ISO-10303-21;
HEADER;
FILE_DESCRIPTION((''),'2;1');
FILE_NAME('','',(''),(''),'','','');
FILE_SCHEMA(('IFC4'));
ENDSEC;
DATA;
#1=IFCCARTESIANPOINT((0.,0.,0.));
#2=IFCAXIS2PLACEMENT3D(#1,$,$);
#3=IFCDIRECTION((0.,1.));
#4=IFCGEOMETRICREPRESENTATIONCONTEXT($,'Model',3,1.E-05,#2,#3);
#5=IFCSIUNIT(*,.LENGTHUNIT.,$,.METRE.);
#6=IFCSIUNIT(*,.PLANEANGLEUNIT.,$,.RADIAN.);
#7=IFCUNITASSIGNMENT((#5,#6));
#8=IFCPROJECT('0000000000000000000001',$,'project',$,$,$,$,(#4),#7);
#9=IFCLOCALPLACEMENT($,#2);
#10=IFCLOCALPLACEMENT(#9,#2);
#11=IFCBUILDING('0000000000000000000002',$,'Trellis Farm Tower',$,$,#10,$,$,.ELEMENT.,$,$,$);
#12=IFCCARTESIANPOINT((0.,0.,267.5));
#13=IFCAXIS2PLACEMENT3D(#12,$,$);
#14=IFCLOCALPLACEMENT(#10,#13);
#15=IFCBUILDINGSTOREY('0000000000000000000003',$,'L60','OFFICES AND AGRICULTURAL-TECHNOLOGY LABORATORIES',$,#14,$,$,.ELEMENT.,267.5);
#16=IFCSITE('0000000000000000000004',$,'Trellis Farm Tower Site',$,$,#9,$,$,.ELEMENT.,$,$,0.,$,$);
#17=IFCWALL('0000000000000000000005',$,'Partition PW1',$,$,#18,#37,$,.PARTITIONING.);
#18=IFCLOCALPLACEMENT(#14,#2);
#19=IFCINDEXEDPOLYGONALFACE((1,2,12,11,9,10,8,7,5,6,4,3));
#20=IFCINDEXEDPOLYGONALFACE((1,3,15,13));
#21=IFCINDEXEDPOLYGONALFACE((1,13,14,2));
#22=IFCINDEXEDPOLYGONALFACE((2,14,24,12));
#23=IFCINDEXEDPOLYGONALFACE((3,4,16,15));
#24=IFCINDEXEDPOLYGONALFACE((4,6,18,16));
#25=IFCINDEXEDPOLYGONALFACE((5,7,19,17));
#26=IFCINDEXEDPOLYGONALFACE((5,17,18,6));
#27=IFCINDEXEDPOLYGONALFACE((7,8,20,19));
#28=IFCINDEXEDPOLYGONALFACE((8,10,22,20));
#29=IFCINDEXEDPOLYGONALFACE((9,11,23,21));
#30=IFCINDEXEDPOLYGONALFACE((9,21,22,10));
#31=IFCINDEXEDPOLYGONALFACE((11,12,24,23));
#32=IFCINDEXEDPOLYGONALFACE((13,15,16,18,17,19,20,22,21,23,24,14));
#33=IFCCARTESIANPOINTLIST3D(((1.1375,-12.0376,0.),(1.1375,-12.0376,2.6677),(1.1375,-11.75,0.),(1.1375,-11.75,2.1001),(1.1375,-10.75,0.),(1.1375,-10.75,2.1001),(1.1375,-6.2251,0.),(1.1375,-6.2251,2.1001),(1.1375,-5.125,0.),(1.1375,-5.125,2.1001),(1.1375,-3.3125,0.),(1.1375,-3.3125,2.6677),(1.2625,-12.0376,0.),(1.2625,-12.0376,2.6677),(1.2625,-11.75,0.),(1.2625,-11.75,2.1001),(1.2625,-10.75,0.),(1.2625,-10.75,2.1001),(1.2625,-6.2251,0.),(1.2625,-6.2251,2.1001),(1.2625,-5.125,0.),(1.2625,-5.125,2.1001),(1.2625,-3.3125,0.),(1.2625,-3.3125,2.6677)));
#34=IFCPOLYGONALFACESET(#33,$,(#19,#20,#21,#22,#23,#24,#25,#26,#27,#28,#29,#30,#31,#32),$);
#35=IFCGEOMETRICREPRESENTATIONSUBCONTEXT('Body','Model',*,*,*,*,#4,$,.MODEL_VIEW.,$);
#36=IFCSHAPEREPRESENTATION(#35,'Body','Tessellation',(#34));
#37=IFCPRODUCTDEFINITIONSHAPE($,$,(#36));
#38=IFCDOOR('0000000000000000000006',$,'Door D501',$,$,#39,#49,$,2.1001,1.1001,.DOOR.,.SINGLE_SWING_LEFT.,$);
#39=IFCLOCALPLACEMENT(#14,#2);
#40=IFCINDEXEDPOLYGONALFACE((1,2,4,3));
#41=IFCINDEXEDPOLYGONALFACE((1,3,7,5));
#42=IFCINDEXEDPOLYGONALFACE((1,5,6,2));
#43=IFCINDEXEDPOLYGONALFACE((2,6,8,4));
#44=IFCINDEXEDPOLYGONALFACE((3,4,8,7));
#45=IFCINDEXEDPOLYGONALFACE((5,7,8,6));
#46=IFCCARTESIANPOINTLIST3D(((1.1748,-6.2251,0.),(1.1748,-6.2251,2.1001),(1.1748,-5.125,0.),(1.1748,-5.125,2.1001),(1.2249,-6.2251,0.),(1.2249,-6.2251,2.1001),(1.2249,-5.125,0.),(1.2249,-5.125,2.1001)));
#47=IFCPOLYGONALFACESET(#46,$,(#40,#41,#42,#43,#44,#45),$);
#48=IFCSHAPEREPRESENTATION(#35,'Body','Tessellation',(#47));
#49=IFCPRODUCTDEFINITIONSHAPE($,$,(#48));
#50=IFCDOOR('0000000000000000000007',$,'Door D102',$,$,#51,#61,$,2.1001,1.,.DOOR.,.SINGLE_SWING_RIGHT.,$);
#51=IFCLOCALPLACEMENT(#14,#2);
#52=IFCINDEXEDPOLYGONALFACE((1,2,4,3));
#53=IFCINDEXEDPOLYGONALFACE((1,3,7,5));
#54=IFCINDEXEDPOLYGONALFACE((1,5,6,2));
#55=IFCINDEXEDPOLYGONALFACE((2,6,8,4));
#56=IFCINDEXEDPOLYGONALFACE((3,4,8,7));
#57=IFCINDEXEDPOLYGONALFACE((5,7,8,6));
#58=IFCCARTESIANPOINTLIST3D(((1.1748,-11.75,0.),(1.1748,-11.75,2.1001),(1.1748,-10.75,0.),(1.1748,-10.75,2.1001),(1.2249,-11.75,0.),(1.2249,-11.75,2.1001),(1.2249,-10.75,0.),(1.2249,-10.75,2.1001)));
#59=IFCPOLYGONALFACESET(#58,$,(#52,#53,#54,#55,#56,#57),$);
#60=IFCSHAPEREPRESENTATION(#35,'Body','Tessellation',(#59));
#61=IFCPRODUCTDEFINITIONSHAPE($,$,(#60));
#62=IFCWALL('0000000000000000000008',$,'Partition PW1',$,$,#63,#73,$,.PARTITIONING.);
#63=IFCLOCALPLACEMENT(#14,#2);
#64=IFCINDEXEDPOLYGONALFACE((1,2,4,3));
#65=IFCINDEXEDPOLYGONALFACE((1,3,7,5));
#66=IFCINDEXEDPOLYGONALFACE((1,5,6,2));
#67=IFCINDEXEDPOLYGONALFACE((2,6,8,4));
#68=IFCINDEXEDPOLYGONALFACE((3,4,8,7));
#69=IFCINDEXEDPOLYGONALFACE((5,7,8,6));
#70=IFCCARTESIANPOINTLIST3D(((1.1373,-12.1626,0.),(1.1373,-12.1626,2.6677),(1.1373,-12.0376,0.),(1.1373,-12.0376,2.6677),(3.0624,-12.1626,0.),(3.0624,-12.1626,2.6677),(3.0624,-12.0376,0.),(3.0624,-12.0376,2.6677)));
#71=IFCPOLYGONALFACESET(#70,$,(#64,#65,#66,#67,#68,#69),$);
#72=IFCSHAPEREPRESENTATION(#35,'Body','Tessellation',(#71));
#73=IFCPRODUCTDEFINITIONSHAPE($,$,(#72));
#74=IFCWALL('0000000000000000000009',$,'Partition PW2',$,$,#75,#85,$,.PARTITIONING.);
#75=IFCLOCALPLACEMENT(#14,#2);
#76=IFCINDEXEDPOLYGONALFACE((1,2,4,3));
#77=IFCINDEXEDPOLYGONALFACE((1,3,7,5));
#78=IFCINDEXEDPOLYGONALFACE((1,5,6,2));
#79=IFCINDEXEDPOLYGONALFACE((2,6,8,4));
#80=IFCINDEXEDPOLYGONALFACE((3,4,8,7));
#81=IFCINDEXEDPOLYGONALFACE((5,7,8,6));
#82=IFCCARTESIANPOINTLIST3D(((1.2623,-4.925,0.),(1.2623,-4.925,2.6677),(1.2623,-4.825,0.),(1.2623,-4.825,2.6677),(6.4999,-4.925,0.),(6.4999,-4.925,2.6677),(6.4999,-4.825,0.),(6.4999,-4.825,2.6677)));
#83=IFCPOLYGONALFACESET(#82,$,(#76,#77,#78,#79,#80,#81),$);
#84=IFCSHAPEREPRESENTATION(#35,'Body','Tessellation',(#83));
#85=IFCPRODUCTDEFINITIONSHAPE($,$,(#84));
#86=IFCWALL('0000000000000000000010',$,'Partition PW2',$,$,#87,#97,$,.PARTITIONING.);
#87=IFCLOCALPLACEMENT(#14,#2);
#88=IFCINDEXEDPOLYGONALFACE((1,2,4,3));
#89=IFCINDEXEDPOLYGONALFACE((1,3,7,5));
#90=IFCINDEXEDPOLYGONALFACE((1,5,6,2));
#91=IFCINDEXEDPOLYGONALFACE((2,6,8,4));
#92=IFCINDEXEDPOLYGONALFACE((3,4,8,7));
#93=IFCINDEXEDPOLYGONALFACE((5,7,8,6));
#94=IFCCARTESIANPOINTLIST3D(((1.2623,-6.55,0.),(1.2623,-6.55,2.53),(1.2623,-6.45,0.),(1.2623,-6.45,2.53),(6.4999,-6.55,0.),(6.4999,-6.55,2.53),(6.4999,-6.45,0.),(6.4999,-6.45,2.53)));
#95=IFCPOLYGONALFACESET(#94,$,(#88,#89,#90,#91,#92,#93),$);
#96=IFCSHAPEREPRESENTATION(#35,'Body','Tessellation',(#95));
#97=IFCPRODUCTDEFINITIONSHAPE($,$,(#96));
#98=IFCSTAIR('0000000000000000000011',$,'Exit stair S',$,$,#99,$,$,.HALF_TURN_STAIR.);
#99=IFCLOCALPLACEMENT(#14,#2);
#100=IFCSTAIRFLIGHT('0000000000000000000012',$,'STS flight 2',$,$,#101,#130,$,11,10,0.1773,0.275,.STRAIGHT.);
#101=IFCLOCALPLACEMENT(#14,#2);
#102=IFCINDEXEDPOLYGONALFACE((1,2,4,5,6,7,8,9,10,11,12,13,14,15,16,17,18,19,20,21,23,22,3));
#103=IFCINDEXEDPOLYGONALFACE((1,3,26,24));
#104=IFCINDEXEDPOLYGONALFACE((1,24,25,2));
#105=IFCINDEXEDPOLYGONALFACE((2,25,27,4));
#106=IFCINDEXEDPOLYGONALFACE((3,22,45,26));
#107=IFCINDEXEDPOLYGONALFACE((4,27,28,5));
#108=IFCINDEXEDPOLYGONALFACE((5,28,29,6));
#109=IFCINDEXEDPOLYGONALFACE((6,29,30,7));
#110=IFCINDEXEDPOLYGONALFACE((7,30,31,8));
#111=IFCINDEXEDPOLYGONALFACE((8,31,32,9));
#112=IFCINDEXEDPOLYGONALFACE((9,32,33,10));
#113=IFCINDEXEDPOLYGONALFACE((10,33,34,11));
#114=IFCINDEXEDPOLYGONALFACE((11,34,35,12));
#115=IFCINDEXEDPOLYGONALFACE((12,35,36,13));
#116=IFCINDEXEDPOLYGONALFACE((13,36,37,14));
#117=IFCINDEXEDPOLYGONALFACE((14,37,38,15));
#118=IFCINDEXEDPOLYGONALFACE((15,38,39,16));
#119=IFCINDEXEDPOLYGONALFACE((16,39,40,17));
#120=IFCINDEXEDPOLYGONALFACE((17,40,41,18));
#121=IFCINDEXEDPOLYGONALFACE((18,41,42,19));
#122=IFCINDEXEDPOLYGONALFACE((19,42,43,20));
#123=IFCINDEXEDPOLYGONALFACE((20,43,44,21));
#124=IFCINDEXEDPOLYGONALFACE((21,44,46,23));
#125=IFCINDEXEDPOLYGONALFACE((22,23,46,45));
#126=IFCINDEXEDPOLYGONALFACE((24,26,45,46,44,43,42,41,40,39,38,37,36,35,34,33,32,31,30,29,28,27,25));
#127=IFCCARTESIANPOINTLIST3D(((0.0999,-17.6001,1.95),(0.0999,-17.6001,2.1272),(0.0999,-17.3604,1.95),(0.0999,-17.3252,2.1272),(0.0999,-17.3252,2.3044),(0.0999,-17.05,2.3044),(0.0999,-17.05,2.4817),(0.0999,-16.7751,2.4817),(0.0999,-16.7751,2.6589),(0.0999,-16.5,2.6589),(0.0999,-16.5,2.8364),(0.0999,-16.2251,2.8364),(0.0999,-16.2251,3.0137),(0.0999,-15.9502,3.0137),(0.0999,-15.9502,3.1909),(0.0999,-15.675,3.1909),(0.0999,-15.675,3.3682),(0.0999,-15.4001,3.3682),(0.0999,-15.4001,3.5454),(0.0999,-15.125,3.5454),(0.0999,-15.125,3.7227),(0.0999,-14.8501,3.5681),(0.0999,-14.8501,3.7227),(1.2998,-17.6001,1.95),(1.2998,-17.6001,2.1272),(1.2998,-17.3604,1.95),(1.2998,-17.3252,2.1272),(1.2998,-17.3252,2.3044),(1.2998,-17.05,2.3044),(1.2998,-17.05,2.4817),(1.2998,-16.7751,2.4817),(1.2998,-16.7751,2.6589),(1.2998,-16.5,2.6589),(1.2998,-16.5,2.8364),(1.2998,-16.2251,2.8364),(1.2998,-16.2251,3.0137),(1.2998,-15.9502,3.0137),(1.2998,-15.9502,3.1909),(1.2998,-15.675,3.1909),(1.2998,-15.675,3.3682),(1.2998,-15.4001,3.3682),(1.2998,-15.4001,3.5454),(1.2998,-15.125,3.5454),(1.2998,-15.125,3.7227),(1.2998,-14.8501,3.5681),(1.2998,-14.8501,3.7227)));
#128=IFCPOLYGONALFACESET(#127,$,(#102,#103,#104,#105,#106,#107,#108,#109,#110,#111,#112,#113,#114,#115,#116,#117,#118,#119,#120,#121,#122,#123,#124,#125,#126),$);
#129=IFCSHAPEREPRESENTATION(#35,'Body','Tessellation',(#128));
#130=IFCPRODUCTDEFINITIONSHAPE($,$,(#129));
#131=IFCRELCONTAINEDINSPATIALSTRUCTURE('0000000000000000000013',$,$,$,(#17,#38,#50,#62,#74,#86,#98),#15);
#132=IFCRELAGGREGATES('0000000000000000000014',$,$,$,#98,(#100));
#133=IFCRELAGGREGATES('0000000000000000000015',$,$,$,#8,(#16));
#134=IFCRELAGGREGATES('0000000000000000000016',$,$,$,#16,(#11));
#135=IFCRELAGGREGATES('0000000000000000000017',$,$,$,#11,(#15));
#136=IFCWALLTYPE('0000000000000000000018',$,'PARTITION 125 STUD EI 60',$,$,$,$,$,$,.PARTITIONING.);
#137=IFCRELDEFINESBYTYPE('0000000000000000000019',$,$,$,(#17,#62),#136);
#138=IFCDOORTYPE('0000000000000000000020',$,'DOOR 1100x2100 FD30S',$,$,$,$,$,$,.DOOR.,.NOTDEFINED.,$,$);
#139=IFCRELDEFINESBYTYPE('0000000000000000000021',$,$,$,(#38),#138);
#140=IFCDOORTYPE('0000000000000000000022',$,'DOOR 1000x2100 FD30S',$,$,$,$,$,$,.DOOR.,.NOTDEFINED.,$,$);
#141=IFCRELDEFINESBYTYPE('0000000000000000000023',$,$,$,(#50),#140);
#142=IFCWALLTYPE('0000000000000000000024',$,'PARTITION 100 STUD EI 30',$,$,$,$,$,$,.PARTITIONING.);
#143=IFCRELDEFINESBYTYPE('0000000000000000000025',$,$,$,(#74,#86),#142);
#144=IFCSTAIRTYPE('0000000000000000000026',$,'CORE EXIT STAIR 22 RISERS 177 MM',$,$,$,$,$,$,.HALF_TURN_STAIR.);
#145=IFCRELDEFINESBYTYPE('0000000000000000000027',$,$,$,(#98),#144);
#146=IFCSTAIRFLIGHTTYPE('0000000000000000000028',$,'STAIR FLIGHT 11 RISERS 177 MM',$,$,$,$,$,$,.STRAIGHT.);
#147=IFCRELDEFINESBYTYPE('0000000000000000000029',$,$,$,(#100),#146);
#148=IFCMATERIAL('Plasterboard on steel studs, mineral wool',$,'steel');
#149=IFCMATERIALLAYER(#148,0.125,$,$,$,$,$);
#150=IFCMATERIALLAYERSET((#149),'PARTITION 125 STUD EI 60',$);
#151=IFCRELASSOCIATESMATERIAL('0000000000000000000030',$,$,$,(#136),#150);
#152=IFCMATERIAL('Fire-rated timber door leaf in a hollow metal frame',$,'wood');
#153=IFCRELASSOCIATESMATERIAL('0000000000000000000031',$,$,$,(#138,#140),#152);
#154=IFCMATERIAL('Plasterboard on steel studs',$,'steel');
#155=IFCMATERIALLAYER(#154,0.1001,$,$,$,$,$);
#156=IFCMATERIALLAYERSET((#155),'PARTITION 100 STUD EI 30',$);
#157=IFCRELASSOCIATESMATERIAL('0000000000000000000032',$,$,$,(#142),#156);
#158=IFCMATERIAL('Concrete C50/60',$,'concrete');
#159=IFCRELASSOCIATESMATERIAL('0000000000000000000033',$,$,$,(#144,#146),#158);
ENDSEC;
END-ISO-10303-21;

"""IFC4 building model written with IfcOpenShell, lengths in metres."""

from ifc_helpers import new_model, si_unit, direction, frame, frame_2d, origin, place, context, subcontext, project, spatial, polyline, rectangle, outline, extrude, source, transform, mapped, material, layer, layer_set, type_object, element, fill, aggregate, save


model = new_model("IFC4")

# Units and contexts
model_context = context("Model", 3, precision=1e-05, world=origin(), true_north=direction((0.0, 1.0)))
body_context = subcontext(model_context, "Body", "Model", "MODEL_VIEW")
ifc_project = project(units=[si_unit("LENGTHUNIT", "METRE"), si_unit("PLANEANGLEUNIT", "RADIAN")], contexts=[model_context])

# Site, building, storey
site_placement = place(None, origin())
site = spatial("IfcSite", under=ifc_project, at=site_placement, Name="Trellis Farm Tower Site", CompositionType="ELEMENT", RefElevation=0.0)
building_placement = place(site_placement, origin())
building = spatial("IfcBuilding", under=site, at=building_placement, Name="Trellis Farm Tower", CompositionType="ELEMENT")
storey_placement = place(building_placement, frame((0.0, 0.0, 267.5)))
storey = spatial("IfcBuildingStorey", under=building, at=storey_placement, Name="L60", Description="OFFICES AND AGRICULTURAL-TECHNOLOGY LABORATORIES", CompositionType="ELEMENT", Elevation=267.5)

# Shared definitions
placement_1 = place(storey_placement, origin())

# Shared definitions
ifc_material_1 = material(Name="Plasterboard on steel studs, mineral wool", Category="steel")
ifc_layer_1 = layer(ifc_material_1, 0.125)
ifc_layer_set_1 = layer_set([ifc_layer_1], Name="PARTITION 125 STUD EI 60")
wall_type_1 = type_object("IfcWallType", Name="PARTITION 125 STUD EI 60", PredefinedType="PARTITIONING", material=ifc_layer_set_1)

# Wall, openings, doors
shared_shape_1 = source(origin(), body_context, "Body", "SweptSolid", [
    extrude(rectangle(XDim=8.7251, YDim=0.125, at=frame_2d((4.3625, 0.0))), origin(), (0.0, 0.0, 1.0), 2.6677),
])
wall_1_placement = place(storey_placement, frame((1.2, -3.3125, 0.0), z_axis=(0.0, 0.0, 1.0), x_axis=(0.0, -1.0, 0.0)))
wall_1 = element("IfcWall", 1, at=wall_1_placement, inside=storey, type_object=wall_type_1, Name="Partition PW1", PredefinedType="PARTITIONING", context=body_context, shape_type="MappedRepresentation", body=[
    mapped(shared_shape_1, transform((0.0, 0.0, 0.0))),
])
shared_shape_2 = source(origin(), body_context, "Body", "SweptSolid", [
    extrude(rectangle(XDim=1.0, YDim=2.1001, at=frame_2d((0.5, 1.05))), frame((0.0, 0.0725, 0.0), z_axis=(0.0, -1.0, 0.0), x_axis=(1.0, 0.0, 0.0)), (0.0, 0.0, 1.0), 0.145),
])
opening_1_placement = place(wall_1_placement, frame((7.4375, 0.0, 0.0)))
opening_1 = element("IfcOpeningElement", 2, at=opening_1_placement, cuts=wall_1, PredefinedType="OPENING", context=body_context, shape_type="MappedRepresentation", body=[
    mapped(shared_shape_2, transform((0.0, 0.0, 0.0))),
])
shared_shape_3 = source(origin(), body_context, "Body", "SweptSolid", [
    extrude(rectangle(XDim=1.1001, YDim=2.1001, at=frame_2d((0.55, 1.05))), frame((0.0, 0.0725, 0.0), z_axis=(0.0, -1.0, 0.0), x_axis=(1.0, 0.0, 0.0)), (0.0, 0.0, 1.0), 0.145),
])
opening_2_placement = place(wall_1_placement, frame((1.8125, 0.0, 0.0)))
opening_2 = element("IfcOpeningElement", 3, at=opening_2_placement, cuts=wall_1, PredefinedType="OPENING", context=body_context, shape_type="MappedRepresentation", body=[
    mapped(shared_shape_3, transform((0.0, 0.0, 0.0))),
])
ifc_material_2 = material(Name="Fire-rated timber door leaf in a hollow metal frame", Category="wood")
door_type_1 = type_object("IfcDoorType", Name="DOOR 1100x2100 FD30S", OperationType="NOTDEFINED", PredefinedType="DOOR", material=ifc_material_2)
shared_shape_4 = source(origin(), body_context, "Body", "SweptSolid", [
    extrude(rectangle(XDim=1.1001, YDim=2.1001, at=frame_2d((0.55, 1.05))), frame((0.0, 0.0249, 0.0), z_axis=(0.0, -1.0, 0.0), x_axis=(1.0, 0.0, 0.0)), (0.0, 0.0, 1.0), 0.05),
])
door_1_placement = place(opening_2_placement, origin())
door_1 = element("IfcDoor", 4, at=door_1_placement, inside=storey, type_object=door_type_1, Name="Door D501", OperationType="SINGLE_SWING_LEFT", OverallHeight=2.1001, OverallWidth=1.1001, PredefinedType="DOOR", context=body_context, shape_type="MappedRepresentation", body=[
    mapped(shared_shape_4, transform((0.0, 0.0, 0.0))),
])
fill(opening_2, door_1)
door_type_2 = type_object("IfcDoorType", Name="DOOR 1000x2100 FD30S", OperationType="NOTDEFINED", PredefinedType="DOOR", material=ifc_material_2)
shared_shape_5 = source(origin(), body_context, "Body", "SweptSolid", [
    extrude(rectangle(XDim=1.0, YDim=2.1001, at=frame_2d((0.5, 1.05))), frame((0.0, 0.0249, 0.0), z_axis=(0.0, -1.0, 0.0), x_axis=(1.0, 0.0, 0.0)), (0.0, 0.0, 1.0), 0.05),
])
door_2_placement = place(opening_1_placement, origin())
door_2 = element("IfcDoor", 5, at=door_2_placement, inside=storey, type_object=door_type_2, Name="Door D102", OperationType="SINGLE_SWING_RIGHT", OverallHeight=2.1001, OverallWidth=1.0, PredefinedType="DOOR", context=body_context, shape_type="MappedRepresentation", body=[
    mapped(shared_shape_5, transform((0.0, 0.0, 0.0))),
])
fill(opening_1, door_2)

# Walls
shared_shape_6 = source(origin(), body_context, "Body", "SweptSolid", [
    extrude(rectangle(XDim=1.925, YDim=0.125, at=frame_2d((0.9624, 0.0))), origin(), (0.0, 0.0, 1.0), 2.6677),
])
wall_2_placement = place(storey_placement, frame((1.1375, -12.1001, 0.0), z_axis=(0.0, 0.0, 1.0), x_axis=(1.0, 0.0, 0.0)))
element("IfcWall", 6, at=wall_2_placement, inside=storey, type_object=wall_type_1, Name="Partition PW1", PredefinedType="PARTITIONING", context=body_context, shape_type="MappedRepresentation", body=[
    mapped(shared_shape_6, transform((0.0, 0.0, 0.0))),
])
ifc_material_3 = material(Name="Plasterboard on steel studs", Category="steel")
ifc_layer_2 = layer(ifc_material_3, 0.1001)
ifc_layer_set_2 = layer_set([ifc_layer_2], Name="PARTITION 100 STUD EI 30")
wall_type_2 = type_object("IfcWallType", Name="PARTITION 100 STUD EI 30", PredefinedType="PARTITIONING", material=ifc_layer_set_2)
shared_shape_7 = source(origin(), body_context, "Body", "SweptSolid", [
    extrude(rectangle(XDim=5.2375, YDim=0.1001, at=frame_2d((2.6187, 0.0))), origin(), (0.0, 0.0, 1.0), 2.6677),
])
wall_3_placement = place(storey_placement, frame((1.2625, -4.875, 0.0), z_axis=(0.0, 0.0, 1.0), x_axis=(1.0, 0.0, 0.0)))
element("IfcWall", 7, at=wall_3_placement, inside=storey, type_object=wall_type_2, Name="Partition PW2", PredefinedType="PARTITIONING", context=body_context, shape_type="MappedRepresentation", body=[
    mapped(shared_shape_7, transform((0.0, 0.0, 0.0))),
])
shared_shape_8 = source(origin(), body_context, "Body", "SweptSolid", [
    extrude(rectangle(XDim=5.2375, YDim=0.1001, at=frame_2d((2.6187, 0.0))), origin(), (0.0, 0.0, 1.0), 2.53),
])
wall_4_placement = place(storey_placement, frame((1.2625, -6.5, 0.0), z_axis=(0.0, 0.0, 1.0), x_axis=(1.0, 0.0, 0.0)))
element("IfcWall", 8, at=wall_4_placement, inside=storey, type_object=wall_type_2, Name="Partition PW2", PredefinedType="PARTITIONING", context=body_context, shape_type="MappedRepresentation", body=[
    mapped(shared_shape_8, transform((0.0, 0.0, 0.0))),
])

# Stair, stair flight
ifc_material_4 = material(Name="Concrete C50/60", Category="concrete")
stair_type = type_object("IfcStairType", Name="CORE EXIT STAIR 22 RISERS 177 MM", PredefinedType="HALF_TURN_STAIR", material=ifc_material_4)
stair = element("IfcStair", 9, at=placement_1, inside=storey, type_object=stair_type, Name="Exit stair S", PredefinedType="HALF_TURN_STAIR")
stair_flight_type = type_object("IfcStairFlightType", Name="STAIR FLIGHT 11 RISERS 177 MM", PredefinedType="STRAIGHT", material=ifc_material_4)
shared_shape_9 = source(origin(), body_context, "Body", "SweptSolid", [
    extrude(outline(polyline([(0.0, 0.0), (0.0, 0.1772), (0.2749, 0.1772), (0.2749, 0.3545), (0.55, 0.3545), (0.55, 0.5317), (0.825, 0.5317), (0.825, 0.709), (1.1001, 0.709), (1.1001, 0.8865), (1.375, 0.8865), (1.375, 1.0637), (1.6499, 1.0637), (1.6499, 1.241), (1.925, 1.241), (1.925, 1.4182), (2.2, 1.4182), (2.2, 1.5955), (2.4751, 1.5955), (2.4751, 1.7727), (2.75, 1.7727), (2.75, 1.95), (2.75, 1.6182), (0.2397, 0.0), (0.0, 0.0)])), frame((0.0, 0.6001, 0.0), z_axis=(0.0, -1.0, 0.0), x_axis=(1.0, 0.0, 0.0)), (0.0, 0.0, 1.0), 1.2),
])
stair_flight_placement = place(storey_placement, frame((0.7, -17.6001, 1.95), z_axis=(0.0, 0.0, 1.0), x_axis=(0.0, 1.0, 0.0)))
stair_flight = element("IfcStairFlight", 10, at=stair_flight_placement, type_object=stair_flight_type, Name="STS flight 2", NumberOfRisers=11, NumberOfTreads=10, PredefinedType="STRAIGHT", RiserHeight=0.1773, TreadLength=0.275, context=body_context, shape_type="MappedRepresentation", body=[
    mapped(shared_shape_9, transform((0.0, 0.0, 0.0))),
])
aggregate(stair, [stair_flight])

save(model, "model.ifc")
